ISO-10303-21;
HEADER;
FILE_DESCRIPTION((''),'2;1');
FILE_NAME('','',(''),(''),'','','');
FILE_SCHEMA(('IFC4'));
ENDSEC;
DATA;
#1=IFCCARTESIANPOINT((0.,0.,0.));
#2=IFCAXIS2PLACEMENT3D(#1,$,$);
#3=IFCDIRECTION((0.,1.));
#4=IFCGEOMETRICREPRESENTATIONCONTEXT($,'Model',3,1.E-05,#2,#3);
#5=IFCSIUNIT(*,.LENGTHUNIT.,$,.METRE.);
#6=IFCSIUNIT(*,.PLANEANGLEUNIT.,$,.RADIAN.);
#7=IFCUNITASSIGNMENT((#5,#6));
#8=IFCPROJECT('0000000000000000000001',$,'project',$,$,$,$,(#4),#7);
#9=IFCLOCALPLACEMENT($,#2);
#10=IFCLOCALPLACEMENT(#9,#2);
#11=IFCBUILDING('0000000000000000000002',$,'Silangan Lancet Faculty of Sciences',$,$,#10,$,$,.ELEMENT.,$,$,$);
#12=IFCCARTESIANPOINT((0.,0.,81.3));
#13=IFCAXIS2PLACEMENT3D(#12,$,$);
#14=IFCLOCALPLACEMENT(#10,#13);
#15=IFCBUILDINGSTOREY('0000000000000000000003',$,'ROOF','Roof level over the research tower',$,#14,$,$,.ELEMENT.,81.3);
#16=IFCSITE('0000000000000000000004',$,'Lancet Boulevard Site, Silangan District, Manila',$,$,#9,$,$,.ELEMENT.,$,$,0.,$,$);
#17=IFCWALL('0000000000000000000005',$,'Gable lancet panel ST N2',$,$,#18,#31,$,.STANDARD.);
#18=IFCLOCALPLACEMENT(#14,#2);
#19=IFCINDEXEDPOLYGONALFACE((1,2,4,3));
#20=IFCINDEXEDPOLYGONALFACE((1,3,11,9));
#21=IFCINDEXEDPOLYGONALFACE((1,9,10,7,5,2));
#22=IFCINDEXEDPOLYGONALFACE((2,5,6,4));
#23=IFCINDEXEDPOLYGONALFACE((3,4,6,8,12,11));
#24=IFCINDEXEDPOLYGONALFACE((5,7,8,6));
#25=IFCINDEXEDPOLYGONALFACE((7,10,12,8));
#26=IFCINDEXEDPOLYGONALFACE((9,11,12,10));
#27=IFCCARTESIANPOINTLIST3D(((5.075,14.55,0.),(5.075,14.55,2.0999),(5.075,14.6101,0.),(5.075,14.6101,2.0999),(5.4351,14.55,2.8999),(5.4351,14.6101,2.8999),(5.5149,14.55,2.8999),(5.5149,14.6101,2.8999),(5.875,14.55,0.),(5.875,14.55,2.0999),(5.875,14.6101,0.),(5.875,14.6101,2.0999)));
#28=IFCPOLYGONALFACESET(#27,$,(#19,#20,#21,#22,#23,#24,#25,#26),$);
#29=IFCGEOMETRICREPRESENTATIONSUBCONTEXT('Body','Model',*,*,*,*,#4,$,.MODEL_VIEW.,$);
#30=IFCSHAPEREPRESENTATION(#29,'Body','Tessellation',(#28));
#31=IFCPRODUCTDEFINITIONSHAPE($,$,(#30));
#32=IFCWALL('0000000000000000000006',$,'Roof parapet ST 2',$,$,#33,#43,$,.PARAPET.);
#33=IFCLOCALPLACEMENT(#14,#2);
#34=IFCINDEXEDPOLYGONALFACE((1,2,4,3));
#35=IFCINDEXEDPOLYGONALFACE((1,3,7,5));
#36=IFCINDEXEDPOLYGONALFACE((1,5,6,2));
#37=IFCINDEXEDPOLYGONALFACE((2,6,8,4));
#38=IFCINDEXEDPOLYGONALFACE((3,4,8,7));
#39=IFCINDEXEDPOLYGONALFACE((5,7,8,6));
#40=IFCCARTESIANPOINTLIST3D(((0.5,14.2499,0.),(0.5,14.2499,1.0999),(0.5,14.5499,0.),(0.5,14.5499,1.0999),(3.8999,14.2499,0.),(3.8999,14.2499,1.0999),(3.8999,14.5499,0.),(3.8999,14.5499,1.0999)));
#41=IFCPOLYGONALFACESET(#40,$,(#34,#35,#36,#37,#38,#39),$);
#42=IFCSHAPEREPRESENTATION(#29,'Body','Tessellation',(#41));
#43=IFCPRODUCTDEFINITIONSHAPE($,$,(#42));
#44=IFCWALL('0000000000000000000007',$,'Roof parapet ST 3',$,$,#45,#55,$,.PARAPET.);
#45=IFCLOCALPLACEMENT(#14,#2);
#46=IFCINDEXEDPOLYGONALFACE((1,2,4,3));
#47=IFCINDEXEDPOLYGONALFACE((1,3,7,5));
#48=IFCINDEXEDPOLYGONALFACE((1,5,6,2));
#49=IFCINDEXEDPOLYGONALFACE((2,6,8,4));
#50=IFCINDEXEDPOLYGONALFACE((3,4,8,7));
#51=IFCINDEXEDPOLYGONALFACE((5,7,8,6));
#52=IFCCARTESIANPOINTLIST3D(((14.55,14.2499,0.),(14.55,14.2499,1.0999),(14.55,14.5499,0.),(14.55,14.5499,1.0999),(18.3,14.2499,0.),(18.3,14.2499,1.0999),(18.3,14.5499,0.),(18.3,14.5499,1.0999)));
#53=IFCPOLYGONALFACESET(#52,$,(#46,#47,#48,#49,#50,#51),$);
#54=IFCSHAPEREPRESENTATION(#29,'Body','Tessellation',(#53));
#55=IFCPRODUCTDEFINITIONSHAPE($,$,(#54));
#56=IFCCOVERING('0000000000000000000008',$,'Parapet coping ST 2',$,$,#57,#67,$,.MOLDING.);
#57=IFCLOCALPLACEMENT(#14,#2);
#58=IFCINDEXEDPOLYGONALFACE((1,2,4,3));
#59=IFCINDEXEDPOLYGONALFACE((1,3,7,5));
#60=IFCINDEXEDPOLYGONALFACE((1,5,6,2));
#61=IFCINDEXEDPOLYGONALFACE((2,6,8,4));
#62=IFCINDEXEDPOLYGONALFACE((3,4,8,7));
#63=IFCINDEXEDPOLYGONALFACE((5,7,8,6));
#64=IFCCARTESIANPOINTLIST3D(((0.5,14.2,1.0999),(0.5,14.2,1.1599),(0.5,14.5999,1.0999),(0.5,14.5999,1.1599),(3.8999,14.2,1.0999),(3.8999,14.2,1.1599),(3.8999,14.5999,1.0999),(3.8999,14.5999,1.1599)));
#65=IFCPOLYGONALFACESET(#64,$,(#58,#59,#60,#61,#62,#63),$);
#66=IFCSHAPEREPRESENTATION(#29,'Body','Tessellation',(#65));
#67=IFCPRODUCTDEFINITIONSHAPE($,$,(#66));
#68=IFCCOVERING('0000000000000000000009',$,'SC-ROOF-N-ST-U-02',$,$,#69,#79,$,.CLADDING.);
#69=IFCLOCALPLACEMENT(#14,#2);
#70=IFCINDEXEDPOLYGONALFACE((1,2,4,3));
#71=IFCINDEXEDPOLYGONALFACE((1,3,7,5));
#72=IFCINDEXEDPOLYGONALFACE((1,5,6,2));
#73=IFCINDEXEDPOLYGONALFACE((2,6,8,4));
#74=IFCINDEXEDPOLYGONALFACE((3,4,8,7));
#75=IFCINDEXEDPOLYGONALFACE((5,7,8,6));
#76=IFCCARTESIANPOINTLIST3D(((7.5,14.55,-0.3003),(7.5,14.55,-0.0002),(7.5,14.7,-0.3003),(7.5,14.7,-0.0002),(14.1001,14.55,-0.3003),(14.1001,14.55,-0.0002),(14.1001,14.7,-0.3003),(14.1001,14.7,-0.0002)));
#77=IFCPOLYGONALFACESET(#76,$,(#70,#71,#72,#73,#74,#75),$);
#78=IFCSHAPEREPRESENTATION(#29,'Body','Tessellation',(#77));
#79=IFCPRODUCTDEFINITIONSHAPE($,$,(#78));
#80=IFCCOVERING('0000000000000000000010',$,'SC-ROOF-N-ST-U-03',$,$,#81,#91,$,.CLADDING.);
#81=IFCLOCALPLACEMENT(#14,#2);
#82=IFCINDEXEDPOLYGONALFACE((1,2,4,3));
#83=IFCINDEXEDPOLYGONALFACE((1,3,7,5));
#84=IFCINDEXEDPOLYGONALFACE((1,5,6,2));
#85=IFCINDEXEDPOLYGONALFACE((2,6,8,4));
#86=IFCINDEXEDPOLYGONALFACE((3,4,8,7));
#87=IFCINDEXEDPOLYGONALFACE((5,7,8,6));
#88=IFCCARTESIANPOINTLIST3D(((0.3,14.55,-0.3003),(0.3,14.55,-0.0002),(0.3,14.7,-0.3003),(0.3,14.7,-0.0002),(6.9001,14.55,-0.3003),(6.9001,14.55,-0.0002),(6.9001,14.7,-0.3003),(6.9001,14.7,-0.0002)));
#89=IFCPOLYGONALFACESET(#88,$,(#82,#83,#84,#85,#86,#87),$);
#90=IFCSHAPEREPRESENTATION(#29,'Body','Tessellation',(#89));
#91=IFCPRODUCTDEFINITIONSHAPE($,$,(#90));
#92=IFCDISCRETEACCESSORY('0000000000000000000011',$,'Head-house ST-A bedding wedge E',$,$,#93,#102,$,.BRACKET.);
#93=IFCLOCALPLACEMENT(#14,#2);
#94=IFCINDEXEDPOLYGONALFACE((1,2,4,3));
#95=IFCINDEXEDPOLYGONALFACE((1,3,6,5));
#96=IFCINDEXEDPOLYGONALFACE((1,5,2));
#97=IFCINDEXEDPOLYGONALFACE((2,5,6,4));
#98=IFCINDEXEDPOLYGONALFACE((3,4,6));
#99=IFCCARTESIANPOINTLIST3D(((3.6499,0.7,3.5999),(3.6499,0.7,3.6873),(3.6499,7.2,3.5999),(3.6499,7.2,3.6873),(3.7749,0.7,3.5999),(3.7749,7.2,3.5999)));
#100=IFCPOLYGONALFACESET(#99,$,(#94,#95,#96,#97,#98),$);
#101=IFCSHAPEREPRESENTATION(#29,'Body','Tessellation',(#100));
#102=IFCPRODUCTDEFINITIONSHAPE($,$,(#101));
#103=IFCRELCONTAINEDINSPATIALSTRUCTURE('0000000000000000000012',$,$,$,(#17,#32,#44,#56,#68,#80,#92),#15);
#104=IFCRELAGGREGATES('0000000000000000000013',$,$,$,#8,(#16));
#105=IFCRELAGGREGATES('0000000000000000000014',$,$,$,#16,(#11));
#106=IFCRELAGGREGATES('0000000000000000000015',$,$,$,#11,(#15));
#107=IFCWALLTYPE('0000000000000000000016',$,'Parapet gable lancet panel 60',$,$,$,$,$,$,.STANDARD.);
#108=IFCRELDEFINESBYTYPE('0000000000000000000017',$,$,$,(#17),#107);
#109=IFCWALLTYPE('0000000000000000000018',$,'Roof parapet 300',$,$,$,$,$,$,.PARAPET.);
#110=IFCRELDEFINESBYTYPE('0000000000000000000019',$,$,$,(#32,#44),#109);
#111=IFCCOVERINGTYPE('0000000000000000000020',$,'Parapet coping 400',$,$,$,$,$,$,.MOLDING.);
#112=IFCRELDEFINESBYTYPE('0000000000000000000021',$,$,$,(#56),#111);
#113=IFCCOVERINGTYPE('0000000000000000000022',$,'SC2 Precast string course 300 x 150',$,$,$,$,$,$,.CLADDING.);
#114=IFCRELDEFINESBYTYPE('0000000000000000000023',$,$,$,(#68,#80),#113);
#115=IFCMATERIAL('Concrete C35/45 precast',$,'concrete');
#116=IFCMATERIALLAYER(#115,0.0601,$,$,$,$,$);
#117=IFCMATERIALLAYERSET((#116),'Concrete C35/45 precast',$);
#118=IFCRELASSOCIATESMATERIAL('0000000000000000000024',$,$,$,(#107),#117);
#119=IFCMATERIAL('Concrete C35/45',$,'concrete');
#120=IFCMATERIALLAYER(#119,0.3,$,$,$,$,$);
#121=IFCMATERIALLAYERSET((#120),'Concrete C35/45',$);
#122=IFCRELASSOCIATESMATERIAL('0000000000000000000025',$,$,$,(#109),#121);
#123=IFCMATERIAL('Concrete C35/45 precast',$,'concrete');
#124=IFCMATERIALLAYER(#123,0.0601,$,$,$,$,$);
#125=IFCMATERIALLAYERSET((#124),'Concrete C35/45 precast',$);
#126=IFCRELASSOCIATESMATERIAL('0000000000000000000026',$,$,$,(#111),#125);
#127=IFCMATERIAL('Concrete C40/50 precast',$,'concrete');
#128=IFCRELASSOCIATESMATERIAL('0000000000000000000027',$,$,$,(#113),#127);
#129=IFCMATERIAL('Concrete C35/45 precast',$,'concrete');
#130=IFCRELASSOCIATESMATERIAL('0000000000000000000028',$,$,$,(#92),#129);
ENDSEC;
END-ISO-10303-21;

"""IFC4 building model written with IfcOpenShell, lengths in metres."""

from ifc_helpers import new_model, si_unit, direction, frame, frame_2d, origin, origin_2d, place, context, subcontext, project, spatial, polyline, rectangle, outline, extrude, material, layer, layer_set, type_object, element, save


model = new_model("IFC4")

# Units and contexts
model_context = context("Model", 3, precision=1e-05, world=origin(), true_north=direction((0.0, 1.0)))
body_context = subcontext(model_context, "Body", "Model", "MODEL_VIEW")
ifc_project = project(units=[si_unit("LENGTHUNIT", "METRE"), si_unit("PLANEANGLEUNIT", "RADIAN")], contexts=[model_context])

# Site, building, storey
site_placement = place(None, origin())
site = spatial("IfcSite", under=ifc_project, at=site_placement, Name="Lancet Boulevard Site, Silangan District, Manila", CompositionType="ELEMENT", RefElevation=0.0)
building_placement = place(site_placement, origin())
building = spatial("IfcBuilding", under=site, at=building_placement, Name="Silangan Lancet Faculty of Sciences", CompositionType="ELEMENT")
storey_placement = place(building_placement, frame((0.0, 0.0, 81.3)))
storey = spatial("IfcBuildingStorey", under=building, at=storey_placement, Name="ROOF", Description="Roof level over the research tower", CompositionType="ELEMENT", Elevation=81.3)

# Walls
ifc_material_1 = material(Name="Concrete C35/45 precast", Category="concrete")
ifc_layer_1 = layer(ifc_material_1, 0.0601)
ifc_layer_set_1 = layer_set([ifc_layer_1], Name="Concrete C35/45 precast")
wall_type_1 = type_object("IfcWallType", Name="Parapet gable lancet panel 60", PredefinedType="STANDARD", material=ifc_layer_set_1)
wall_1_placement = place(storey_placement, frame((5.075, 14.5801, 0.0), z_axis=(0.0, 0.0, 1.0), x_axis=(1.0, 0.0, 0.0)))
element("IfcWall", 1, at=wall_1_placement, inside=storey, type_object=wall_type_1, Name="Gable lancet panel ST N2", PredefinedType="STANDARD", context=body_context, shape_type="SweptSolid", body=[
    extrude(outline(polyline([(0.0, 0.0), (0.8, 0.0), (0.8, 2.0999), (0.4399, 2.8999), (0.3601, 2.8999), (0.0, 2.0999), (0.0, 0.0)])), frame((0.0, 0.03, 0.0), z_axis=(0.0, -1.0, 0.0), x_axis=(1.0, 0.0, 0.0)), (0.0, 0.0, 1.0), 0.0601),
])
ifc_material_2 = material(Name="Concrete C35/45", Category="concrete")
ifc_layer_2 = layer(ifc_material_2, 0.3)
ifc_layer_set_2 = layer_set([ifc_layer_2], Name="Concrete C35/45")
wall_type_2 = type_object("IfcWallType", Name="Roof parapet 300", PredefinedType="PARAPET", material=ifc_layer_set_2)
wall_2_placement = place(storey_placement, frame((0.5, 14.3999, 0.0), z_axis=(0.0, 0.0, 1.0), x_axis=(1.0, 0.0, 0.0)))
element("IfcWall", 2, at=wall_2_placement, inside=storey, type_object=wall_type_2, Name="Roof parapet ST 2", PredefinedType="PARAPET", context=body_context, shape_type="SweptSolid", body=[
    extrude(rectangle(XDim=3.3999, YDim=0.3, at=frame_2d((1.7, 0.0))), origin(), (0.0, 0.0, 1.0), 1.0999),
])
wall_3_placement = place(storey_placement, frame((14.55, 14.3999, 0.0), z_axis=(0.0, 0.0, 1.0), x_axis=(1.0, 0.0, 0.0)))
element("IfcWall", 3, at=wall_3_placement, inside=storey, type_object=wall_type_2, Name="Roof parapet ST 3", PredefinedType="PARAPET", context=body_context, shape_type="SweptSolid", body=[
    extrude(rectangle(XDim=3.75, YDim=0.3, at=frame_2d((1.875, 0.0))), origin(), (0.0, 0.0, 1.0), 1.0999),
])

# Coverings
ifc_material_3 = material(Name="Concrete C35/45 precast", Category="concrete")
ifc_layer_3 = layer(ifc_material_3, 0.0601)
ifc_layer_set_3 = layer_set([ifc_layer_3], Name="Concrete C35/45 precast")
covering_type_1 = type_object("IfcCoveringType", Name="Parapet coping 400", PredefinedType="MOLDING", material=ifc_layer_set_3)
covering_placement = place(storey_placement, frame((2.2, 14.3999, 1.0999), z_axis=(0.0, 0.0, 1.0), x_axis=(1.0, 0.0, 0.0)))
element("IfcCovering", 4, at=covering_placement, inside=storey, type_object=covering_type_1, Name="Parapet coping ST 2", PredefinedType="MOLDING", context=body_context, shape_type="SweptSolid", body=[
    extrude(rectangle(XDim=3.3999, YDim=0.3999, at=origin_2d()), origin(), (0.0, 0.0, 1.0), 0.0601),
])
ifc_material_4 = material(Name="Concrete C40/50 precast", Category="concrete")
covering_type_2 = type_object("IfcCoveringType", Name="SC2 Precast string course 300 x 150", PredefinedType="CLADDING", material=ifc_material_4)
for number, where, z_axis, x_axis, name in (
    (5, (10.8, 14.625, -0.3003), (0.0, 0.0, 1.0), (1.0, 0.0, 0.0), "SC-ROOF-N-ST-U-02"),
    (6, (3.6001, 14.625, -0.3003), (0.0, 0.0, 1.0), (1.0, 0.0, 0.0), "SC-ROOF-N-ST-U-03"),
):
    element("IfcCovering", number, at=place(storey_placement, frame(where, z_axis=z_axis, x_axis=x_axis)), inside=storey, type_object=covering_type_2, Name=name, PredefinedType="CLADDING", context=body_context, shape_type="SweptSolid", body=[
        extrude(rectangle(XDim=6.6001, YDim=0.1499, at=origin_2d()), origin(), (0.0, 0.0, 1.0), 0.3),
    ])

# Discrete accessory
ifc_material_5 = material(Name="Concrete C35/45 precast", Category="concrete")
discrete_accessory_placement = place(storey_placement, frame((3.7749, 7.2, 3.5999), z_axis=(0.0, -1.0, 0.0), x_axis=(1.0, 0.0, 0.0)))
element("IfcDiscreteAccessory", 7, at=discrete_accessory_placement, inside=storey, material=ifc_material_5, Name="Head-house ST-A bedding wedge E", PredefinedType="BRACKET", context=body_context, shape_type="SweptSolid", body=[
    extrude(outline(polyline([(0.0, 0.0), (-0.125, 0.0), (-0.125, 0.0874), (0.0, 0.0)])), origin(), (0.0, 0.0, 1.0), 6.5),
])

save(model, "model.ifc")
